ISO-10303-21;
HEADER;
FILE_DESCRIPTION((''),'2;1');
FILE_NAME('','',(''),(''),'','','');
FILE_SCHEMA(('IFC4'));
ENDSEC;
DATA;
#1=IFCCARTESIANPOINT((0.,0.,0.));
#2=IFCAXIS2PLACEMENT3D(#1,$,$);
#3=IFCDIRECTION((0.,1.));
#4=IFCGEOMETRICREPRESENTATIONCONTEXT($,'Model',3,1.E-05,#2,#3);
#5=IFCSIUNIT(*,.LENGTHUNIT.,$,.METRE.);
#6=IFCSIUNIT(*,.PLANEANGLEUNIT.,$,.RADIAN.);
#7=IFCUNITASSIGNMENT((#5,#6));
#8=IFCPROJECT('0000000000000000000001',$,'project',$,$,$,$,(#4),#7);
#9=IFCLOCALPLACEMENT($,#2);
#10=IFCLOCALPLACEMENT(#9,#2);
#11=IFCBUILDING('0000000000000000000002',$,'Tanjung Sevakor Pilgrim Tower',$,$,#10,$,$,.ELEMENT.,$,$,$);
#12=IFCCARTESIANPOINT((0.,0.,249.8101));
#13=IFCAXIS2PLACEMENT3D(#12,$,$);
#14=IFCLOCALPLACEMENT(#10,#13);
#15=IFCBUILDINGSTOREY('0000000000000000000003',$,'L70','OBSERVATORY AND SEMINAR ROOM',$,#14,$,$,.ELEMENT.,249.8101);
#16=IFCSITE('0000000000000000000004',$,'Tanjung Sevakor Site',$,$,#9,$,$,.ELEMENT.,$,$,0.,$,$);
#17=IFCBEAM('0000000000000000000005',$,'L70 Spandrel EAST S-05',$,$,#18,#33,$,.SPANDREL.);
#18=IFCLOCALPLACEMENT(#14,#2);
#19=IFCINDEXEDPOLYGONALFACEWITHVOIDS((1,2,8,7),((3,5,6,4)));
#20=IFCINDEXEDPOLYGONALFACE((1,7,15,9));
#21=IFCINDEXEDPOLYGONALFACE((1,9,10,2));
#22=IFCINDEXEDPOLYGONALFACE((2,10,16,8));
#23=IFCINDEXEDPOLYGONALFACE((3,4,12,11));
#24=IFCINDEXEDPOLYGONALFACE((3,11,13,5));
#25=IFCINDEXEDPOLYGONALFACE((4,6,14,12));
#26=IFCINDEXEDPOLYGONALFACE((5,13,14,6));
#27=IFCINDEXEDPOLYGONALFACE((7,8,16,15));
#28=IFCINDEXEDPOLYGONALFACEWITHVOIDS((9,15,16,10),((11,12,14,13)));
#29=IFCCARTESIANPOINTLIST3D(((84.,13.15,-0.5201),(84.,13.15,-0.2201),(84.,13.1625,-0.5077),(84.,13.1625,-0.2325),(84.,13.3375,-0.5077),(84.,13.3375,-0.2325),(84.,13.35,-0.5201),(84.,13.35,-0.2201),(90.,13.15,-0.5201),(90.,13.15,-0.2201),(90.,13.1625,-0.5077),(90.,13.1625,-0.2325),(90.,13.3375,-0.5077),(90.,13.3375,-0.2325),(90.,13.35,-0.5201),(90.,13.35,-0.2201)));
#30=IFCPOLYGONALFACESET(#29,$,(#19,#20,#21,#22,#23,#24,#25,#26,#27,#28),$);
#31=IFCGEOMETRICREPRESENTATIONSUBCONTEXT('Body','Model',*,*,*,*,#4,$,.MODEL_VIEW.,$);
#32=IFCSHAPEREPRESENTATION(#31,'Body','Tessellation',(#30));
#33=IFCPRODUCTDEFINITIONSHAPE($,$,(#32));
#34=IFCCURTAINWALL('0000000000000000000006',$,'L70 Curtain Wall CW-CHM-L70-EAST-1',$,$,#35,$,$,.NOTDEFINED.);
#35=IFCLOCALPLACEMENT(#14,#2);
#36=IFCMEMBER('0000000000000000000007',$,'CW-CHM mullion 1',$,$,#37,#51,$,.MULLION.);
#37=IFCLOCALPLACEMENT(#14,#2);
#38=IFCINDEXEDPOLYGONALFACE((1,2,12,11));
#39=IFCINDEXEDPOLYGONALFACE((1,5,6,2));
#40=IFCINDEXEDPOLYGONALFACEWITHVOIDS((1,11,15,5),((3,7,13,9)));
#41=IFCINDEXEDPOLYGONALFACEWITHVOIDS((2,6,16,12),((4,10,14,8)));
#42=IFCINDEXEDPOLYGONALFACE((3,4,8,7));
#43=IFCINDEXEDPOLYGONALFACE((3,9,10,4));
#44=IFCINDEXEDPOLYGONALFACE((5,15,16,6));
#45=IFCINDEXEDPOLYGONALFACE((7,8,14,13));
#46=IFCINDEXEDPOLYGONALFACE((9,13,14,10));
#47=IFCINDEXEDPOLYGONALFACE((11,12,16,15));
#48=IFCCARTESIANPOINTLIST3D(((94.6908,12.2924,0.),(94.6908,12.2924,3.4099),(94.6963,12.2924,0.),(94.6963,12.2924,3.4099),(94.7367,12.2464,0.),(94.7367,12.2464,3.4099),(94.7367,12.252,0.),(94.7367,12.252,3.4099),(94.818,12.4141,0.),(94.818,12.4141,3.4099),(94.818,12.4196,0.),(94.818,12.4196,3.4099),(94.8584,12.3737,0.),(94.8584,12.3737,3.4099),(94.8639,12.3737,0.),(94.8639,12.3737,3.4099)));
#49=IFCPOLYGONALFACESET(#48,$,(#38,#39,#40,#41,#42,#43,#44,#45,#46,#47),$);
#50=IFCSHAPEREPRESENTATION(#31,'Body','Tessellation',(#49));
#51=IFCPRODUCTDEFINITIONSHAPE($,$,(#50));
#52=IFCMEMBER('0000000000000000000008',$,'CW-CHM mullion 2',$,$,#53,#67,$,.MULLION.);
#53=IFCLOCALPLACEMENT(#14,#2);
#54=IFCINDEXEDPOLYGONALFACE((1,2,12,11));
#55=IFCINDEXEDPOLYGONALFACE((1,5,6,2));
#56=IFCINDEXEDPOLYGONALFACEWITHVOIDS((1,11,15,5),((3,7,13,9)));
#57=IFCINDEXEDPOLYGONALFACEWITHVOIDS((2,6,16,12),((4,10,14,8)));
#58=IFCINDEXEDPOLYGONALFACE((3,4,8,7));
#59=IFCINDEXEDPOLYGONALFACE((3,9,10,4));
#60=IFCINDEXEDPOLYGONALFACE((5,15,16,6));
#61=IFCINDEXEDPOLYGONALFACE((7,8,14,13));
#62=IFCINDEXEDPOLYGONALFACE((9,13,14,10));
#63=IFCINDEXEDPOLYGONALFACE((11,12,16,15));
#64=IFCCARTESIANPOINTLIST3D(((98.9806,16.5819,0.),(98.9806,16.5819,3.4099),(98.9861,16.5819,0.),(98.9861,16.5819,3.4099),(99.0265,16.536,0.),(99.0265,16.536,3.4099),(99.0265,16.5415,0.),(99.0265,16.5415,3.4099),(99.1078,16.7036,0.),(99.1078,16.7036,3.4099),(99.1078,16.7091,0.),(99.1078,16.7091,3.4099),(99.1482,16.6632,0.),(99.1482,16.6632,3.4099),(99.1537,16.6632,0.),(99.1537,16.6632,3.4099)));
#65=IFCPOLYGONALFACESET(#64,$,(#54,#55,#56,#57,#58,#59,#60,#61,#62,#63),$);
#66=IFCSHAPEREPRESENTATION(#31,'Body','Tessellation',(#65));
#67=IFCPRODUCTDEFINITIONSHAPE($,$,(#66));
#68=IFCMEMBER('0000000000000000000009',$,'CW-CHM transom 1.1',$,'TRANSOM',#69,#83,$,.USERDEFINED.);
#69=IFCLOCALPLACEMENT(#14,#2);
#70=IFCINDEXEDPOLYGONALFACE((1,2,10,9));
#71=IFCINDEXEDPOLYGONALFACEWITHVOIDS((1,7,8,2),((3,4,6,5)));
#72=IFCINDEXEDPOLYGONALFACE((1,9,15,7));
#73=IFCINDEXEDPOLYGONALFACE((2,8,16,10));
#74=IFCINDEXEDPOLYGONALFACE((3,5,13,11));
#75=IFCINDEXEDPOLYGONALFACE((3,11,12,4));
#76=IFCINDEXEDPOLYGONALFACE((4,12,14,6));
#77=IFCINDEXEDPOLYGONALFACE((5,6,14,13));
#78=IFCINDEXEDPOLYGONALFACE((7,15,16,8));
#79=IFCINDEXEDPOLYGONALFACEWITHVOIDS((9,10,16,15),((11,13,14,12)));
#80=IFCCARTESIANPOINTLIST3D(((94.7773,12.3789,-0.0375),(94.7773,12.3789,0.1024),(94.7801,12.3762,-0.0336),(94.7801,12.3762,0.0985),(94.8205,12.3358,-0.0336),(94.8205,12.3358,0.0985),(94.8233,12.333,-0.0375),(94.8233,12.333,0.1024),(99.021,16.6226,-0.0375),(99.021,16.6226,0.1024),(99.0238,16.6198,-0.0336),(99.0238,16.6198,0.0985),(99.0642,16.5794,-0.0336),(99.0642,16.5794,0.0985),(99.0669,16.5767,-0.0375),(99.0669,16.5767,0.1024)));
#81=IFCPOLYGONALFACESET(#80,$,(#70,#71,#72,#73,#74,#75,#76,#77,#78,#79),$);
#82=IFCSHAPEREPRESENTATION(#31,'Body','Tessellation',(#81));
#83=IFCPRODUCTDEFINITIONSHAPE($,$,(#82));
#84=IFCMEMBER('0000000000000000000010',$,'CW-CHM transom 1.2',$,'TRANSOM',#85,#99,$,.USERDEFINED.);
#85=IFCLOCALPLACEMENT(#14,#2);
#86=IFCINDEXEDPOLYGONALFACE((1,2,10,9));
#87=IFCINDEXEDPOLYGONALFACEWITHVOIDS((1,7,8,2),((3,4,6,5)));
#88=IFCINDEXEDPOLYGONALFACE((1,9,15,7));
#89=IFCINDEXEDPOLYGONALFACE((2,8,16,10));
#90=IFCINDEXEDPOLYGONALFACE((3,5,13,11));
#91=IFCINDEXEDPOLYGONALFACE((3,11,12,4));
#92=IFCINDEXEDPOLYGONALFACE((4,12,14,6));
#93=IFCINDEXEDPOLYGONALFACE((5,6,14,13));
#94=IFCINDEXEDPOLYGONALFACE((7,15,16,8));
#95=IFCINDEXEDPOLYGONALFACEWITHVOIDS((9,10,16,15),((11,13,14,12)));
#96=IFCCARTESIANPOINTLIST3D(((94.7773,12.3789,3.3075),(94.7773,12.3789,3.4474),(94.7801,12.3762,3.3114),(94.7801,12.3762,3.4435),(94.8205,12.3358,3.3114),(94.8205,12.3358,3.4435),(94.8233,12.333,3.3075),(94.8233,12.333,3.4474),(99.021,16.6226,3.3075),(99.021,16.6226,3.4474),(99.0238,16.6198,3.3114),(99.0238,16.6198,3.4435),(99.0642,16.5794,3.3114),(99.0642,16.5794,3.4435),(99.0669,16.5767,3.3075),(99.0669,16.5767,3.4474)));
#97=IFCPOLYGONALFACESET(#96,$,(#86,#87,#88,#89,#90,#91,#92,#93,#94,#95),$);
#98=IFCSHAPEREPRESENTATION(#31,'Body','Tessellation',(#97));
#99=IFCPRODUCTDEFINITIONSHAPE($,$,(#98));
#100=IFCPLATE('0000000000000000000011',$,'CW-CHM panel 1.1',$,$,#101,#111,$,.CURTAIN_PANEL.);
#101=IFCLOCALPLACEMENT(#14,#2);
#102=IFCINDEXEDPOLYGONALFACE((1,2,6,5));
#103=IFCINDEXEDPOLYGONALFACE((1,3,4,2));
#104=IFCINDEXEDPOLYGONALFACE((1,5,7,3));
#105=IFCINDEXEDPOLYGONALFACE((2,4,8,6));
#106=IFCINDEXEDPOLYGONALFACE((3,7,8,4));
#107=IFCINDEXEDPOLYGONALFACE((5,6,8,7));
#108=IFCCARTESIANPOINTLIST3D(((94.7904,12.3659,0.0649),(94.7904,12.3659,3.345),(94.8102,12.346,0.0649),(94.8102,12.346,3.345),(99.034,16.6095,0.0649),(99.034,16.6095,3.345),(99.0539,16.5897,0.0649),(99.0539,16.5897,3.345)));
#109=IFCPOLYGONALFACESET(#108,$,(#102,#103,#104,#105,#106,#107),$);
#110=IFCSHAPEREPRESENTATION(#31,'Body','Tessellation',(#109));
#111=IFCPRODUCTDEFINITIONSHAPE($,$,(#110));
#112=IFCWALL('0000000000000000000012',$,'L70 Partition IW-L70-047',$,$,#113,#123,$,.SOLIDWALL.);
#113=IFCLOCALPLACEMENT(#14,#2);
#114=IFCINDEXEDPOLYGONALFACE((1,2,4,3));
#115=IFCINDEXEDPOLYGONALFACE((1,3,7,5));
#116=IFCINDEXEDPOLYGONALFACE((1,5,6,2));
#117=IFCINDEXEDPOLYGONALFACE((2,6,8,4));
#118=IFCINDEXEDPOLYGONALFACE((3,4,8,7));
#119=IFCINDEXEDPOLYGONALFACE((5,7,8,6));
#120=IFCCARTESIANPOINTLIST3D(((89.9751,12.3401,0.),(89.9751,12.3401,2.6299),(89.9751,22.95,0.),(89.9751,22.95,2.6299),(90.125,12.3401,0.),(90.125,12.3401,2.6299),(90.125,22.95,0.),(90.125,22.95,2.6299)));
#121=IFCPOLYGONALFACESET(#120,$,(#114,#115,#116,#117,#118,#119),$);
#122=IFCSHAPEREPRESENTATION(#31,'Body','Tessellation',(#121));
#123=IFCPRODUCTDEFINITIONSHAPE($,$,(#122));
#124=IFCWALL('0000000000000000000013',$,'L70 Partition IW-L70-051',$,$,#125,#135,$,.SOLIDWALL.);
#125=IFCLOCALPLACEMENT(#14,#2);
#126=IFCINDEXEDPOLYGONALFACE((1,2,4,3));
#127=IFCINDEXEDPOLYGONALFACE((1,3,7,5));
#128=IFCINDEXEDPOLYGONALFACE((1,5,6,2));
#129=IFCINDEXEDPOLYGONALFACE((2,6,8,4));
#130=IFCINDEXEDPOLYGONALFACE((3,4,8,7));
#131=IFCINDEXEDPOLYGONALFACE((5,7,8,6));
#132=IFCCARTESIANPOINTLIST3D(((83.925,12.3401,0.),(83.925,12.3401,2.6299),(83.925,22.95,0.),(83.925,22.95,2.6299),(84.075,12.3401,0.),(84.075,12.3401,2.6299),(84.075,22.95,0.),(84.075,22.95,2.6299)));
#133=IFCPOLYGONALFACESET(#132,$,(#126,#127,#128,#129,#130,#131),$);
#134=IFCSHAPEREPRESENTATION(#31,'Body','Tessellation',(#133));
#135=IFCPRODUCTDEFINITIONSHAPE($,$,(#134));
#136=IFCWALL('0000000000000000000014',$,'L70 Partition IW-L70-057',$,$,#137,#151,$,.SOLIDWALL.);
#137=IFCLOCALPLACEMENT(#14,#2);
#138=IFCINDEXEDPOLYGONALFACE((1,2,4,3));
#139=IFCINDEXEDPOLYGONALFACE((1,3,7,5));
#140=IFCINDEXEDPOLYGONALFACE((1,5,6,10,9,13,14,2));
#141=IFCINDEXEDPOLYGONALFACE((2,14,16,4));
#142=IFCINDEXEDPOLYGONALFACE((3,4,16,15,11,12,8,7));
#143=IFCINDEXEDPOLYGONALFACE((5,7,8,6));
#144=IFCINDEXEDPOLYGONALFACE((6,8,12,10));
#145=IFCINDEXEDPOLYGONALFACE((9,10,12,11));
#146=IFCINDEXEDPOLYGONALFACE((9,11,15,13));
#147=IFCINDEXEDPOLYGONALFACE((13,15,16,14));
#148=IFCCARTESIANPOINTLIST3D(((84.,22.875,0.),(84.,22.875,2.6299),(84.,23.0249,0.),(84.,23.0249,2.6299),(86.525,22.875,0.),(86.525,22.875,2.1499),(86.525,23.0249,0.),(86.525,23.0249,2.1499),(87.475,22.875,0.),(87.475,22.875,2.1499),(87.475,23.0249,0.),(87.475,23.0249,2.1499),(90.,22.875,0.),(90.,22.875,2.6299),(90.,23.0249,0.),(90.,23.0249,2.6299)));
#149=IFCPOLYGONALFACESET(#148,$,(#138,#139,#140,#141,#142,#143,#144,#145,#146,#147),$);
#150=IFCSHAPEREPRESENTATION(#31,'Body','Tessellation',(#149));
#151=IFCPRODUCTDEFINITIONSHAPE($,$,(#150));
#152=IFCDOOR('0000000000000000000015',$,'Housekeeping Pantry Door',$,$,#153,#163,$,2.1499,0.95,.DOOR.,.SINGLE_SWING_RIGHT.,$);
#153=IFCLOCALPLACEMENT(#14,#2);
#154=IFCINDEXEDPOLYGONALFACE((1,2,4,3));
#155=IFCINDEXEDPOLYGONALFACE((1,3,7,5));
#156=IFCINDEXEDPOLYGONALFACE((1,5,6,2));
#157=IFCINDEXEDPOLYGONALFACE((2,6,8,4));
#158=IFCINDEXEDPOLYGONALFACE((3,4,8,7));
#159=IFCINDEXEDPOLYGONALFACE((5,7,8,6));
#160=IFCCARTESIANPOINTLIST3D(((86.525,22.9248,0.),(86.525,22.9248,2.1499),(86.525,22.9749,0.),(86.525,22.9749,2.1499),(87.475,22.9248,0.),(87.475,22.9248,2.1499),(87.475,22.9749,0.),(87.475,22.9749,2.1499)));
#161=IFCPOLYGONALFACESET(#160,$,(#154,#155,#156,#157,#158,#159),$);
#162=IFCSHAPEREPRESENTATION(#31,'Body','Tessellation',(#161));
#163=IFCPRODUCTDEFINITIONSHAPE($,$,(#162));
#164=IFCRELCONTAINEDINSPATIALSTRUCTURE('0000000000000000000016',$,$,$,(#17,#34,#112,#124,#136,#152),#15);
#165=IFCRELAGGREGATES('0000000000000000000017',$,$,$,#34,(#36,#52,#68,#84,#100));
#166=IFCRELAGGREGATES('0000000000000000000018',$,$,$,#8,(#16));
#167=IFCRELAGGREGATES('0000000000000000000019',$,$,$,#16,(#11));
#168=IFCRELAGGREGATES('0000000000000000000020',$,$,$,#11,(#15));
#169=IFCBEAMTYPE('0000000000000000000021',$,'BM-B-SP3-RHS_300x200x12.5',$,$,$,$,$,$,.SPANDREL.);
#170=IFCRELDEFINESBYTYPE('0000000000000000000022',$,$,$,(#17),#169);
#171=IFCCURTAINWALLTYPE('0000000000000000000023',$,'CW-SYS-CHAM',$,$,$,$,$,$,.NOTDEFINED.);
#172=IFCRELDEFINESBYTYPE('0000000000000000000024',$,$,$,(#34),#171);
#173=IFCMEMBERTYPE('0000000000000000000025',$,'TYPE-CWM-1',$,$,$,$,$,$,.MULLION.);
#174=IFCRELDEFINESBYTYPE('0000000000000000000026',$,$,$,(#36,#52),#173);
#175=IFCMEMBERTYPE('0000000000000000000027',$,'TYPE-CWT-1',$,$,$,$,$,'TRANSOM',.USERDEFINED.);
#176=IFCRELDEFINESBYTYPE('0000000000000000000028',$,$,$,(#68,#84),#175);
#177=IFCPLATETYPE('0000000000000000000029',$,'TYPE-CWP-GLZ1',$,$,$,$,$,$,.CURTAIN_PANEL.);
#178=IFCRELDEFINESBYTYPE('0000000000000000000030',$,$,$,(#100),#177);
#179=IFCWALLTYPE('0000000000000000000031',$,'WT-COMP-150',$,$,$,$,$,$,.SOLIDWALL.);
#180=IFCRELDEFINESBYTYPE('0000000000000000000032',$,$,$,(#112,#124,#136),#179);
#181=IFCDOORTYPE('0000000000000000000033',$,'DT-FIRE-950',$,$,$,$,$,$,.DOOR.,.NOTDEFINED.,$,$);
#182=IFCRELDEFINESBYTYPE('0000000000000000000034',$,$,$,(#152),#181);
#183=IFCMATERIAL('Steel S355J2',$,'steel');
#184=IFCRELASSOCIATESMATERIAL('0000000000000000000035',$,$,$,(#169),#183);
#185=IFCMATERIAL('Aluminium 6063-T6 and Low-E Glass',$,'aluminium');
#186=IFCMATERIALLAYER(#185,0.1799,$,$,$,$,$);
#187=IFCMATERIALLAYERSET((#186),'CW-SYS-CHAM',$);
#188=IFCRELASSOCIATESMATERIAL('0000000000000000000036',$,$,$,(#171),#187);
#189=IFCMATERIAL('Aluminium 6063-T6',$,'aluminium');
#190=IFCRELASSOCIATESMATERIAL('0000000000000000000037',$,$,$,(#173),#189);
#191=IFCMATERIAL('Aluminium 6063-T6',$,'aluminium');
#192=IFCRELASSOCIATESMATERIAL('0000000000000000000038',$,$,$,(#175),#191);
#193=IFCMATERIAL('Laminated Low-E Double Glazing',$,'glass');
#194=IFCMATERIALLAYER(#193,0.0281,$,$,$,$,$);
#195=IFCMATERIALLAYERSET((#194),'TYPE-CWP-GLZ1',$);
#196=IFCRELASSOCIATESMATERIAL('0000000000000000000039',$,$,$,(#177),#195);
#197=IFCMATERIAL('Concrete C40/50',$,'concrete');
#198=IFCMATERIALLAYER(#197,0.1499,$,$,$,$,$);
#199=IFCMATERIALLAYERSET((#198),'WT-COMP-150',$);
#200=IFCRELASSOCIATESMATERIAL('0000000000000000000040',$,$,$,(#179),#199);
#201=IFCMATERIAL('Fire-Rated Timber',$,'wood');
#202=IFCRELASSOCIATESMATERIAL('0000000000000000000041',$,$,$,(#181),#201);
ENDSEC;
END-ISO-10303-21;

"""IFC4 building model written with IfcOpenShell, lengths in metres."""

from ifc_helpers import new_model, si_unit, direction, frame, frame_2d, origin, origin_2d, place, context, subcontext, project, spatial, rectangle, hollow_rectangle, extrude, material, layer, layer_set, material_profile, profile_set, type_object, element, fill, aggregate, save


model = new_model("IFC4")

# Units and contexts
model_context = context("Model", 3, precision=1e-05, world=origin(), true_north=direction((0.0, 1.0)))
body_context = subcontext(model_context, "Body", "Model", "MODEL_VIEW")
ifc_project = project(units=[si_unit("LENGTHUNIT", "METRE"), si_unit("PLANEANGLEUNIT", "RADIAN")], contexts=[model_context])

# Site, building, storey
site_placement = place(None, origin())
site = spatial("IfcSite", under=ifc_project, at=site_placement, Name="Tanjung Sevakor Site", CompositionType="ELEMENT", RefElevation=0.0)
building_placement = place(site_placement, origin())
building = spatial("IfcBuilding", under=site, at=building_placement, Name="Tanjung Sevakor Pilgrim Tower", CompositionType="ELEMENT")
storey_placement = place(building_placement, frame((0.0, 0.0, 249.8101)))
storey = spatial("IfcBuildingStorey", under=building, at=storey_placement, Name="L70", Description="OBSERVATORY AND SEMINAR ROOM", CompositionType="ELEMENT", Elevation=249.8101)

# Beam
ifc_material_1 = material(Name="Steel S355J2", Category="steel")
ifc_material_profile_1 = material_profile(ifc_material_1, hollow_rectangle(XDim=0.2, YDim=0.3, WallThickness=0.0125, at=origin_2d()))
ifc_profile_set_1 = profile_set([ifc_material_profile_1], Name="Steel S355J2")
beam_type_1 = type_object("IfcBeamType", Name="BM-B-SP3-RHS_300x200x12.5", PredefinedType="SPANDREL", material=ifc_profile_set_1)
beam_1_placement = place(storey_placement, frame((84.0, 13.25, -0.3701), z_axis=(1.0, 0.0, 0.0), x_axis=(0.0, 1.0, 0.0)))
element("IfcBeam", 1, at=beam_1_placement, inside=storey, type_object=beam_type_1, Name="L70 Spandrel EAST S-05", PredefinedType="SPANDREL", context=body_context, shape_type="SweptSolid", body=[
    extrude(hollow_rectangle(XDim=0.2, YDim=0.3, WallThickness=0.0125, at=origin_2d()), origin(), (0.0, 0.0, 1.0), 6.0),
])

# Curtain wall, members, plate
ifc_material_2 = material(Name="Aluminium 6063-T6 and Low-E Glass", Category="aluminium")
ifc_layer_1 = layer(ifc_material_2, 0.1799)
ifc_layer_set_1 = layer_set([ifc_layer_1], Name="CW-SYS-CHAM")
curtain_wall_type = type_object("IfcCurtainWallType", Name="CW-SYS-CHAM", PredefinedType="NOTDEFINED", material=ifc_layer_set_1)
curtain_wall_placement = place(storey_placement, origin())
curtain_wall = element("IfcCurtainWall", 2, at=curtain_wall_placement, inside=storey, type_object=curtain_wall_type, Name="L70 Curtain Wall CW-CHM-L70-EAST-1", PredefinedType="NOTDEFINED")
ifc_material_3 = material(Name="Aluminium 6063-T6", Category="aluminium")
ifc_material_profile_2 = material_profile(ifc_material_3, hollow_rectangle(XDim=0.0649, YDim=0.1799, WallThickness=0.0039, at=origin_2d()))
ifc_profile_set_2 = profile_set([ifc_material_profile_2], Name="Aluminium 6063-T6")
member_type_1 = type_object("IfcMemberType", Name="TYPE-CWM-1", PredefinedType="MULLION", material=ifc_profile_set_2)
member_1_placement = place(storey_placement, frame((94.7773, 12.333, 0.0), z_axis=(0.0, 0.0, 1.0), x_axis=(-0.707107, 0.707107, 0.0)))
member_1 = element("IfcMember", 3, at=member_1_placement, type_object=member_type_1, Name="CW-CHM mullion 1", PredefinedType="MULLION", context=body_context, shape_type="SweptSolid", body=[
    extrude(hollow_rectangle(XDim=0.0649, YDim=0.1799, WallThickness=0.0039, at=origin_2d()), origin(), (0.0, 0.0, 1.0), 3.4099),
])
member_2_placement = place(storey_placement, frame((99.0671, 16.6226, 0.0), z_axis=(0.0, 0.0, 1.0), x_axis=(-0.707107, 0.707107, 0.0)))
member_2 = element("IfcMember", 4, at=member_2_placement, type_object=member_type_1, Name="CW-CHM mullion 2", PredefinedType="MULLION", context=body_context, shape_type="SweptSolid", body=[
    extrude(hollow_rectangle(XDim=0.0649, YDim=0.1799, WallThickness=0.0039, at=origin_2d()), origin(), (0.0, 0.0, 1.0), 3.4099),
])
ifc_material_4 = material(Name="Aluminium 6063-T6", Category="aluminium")
ifc_material_profile_3 = material_profile(ifc_material_4, hollow_rectangle(XDim=0.0649, YDim=0.1399, WallThickness=0.0039, at=origin_2d()))
ifc_profile_set_3 = profile_set([ifc_material_profile_3], Name="Aluminium 6063-T6")
member_type_2 = type_object("IfcMemberType", Name="TYPE-CWT-1", ElementType="TRANSOM", PredefinedType="USERDEFINED", material=ifc_profile_set_3)
member_3_placement = place(storey_placement, frame((94.8003, 12.356, 0.0325), z_axis=(0.707107, 0.707107, 0.0), x_axis=(-0.707107, 0.707107, 0.0)))
member_3 = element("IfcMember", 5, at=member_3_placement, type_object=member_type_2, Name="CW-CHM transom 1.1", ObjectType="TRANSOM", PredefinedType="USERDEFINED", context=body_context, shape_type="SweptSolid", body=[
    extrude(hollow_rectangle(XDim=0.0649, YDim=0.1399, WallThickness=0.0039, at=origin_2d()), origin(), (0.0, 0.0, 1.0), 6.0015),
])
member_4_placement = place(storey_placement, frame((94.8003, 12.356, 3.3774), z_axis=(0.707107, 0.707107, 0.0), x_axis=(-0.707107, 0.707107, 0.0)))
member_4 = element("IfcMember", 6, at=member_4_placement, type_object=member_type_2, Name="CW-CHM transom 1.2", ObjectType="TRANSOM", PredefinedType="USERDEFINED", context=body_context, shape_type="SweptSolid", body=[
    extrude(hollow_rectangle(XDim=0.0649, YDim=0.1399, WallThickness=0.0039, at=origin_2d()), origin(), (0.0, 0.0, 1.0), 6.0015),
])
ifc_material_5 = material(Name="Laminated Low-E Double Glazing", Category="glass")
ifc_layer_2 = layer(ifc_material_5, 0.0281)
ifc_layer_set_2 = layer_set([ifc_layer_2], Name="TYPE-CWP-GLZ1")
plate_type = type_object("IfcPlateType", Name="TYPE-CWP-GLZ1", PredefinedType="CURTAIN_PANEL", material=ifc_layer_set_2)
plate_placement = place(storey_placement, frame((96.9221, 14.4778, 0.0649), z_axis=(0.0, 0.0, 1.0), x_axis=(0.707107, 0.707107, 0.0)))
plate = element("IfcPlate", 7, at=plate_placement, type_object=plate_type, Name="CW-CHM panel 1.1", PredefinedType="CURTAIN_PANEL", context=body_context, shape_type="SweptSolid", body=[
    extrude(rectangle(XDim=6.0015, YDim=0.0281, at=origin_2d()), origin(), (0.0, 0.0, 1.0), 3.28),
])
aggregate(curtain_wall, [member_1, member_2, member_3, member_4, plate])

# Walls
ifc_material_6 = material(Name="Concrete C40/50", Category="concrete")
ifc_layer_3 = layer(ifc_material_6, 0.1499)
ifc_layer_set_3 = layer_set([ifc_layer_3], Name="WT-COMP-150")
wall_type_1 = type_object("IfcWallType", Name="WT-COMP-150", PredefinedType="SOLIDWALL", material=ifc_layer_set_3)
for number, where, z_axis, x_axis, name in (
    (8, (90.05, 12.3401, 0.0), (0.0, 0.0, 1.0), (0.0, 1.0, 0.0), "L70 Partition IW-L70-047"),
    (9, (84.0, 12.3401, 0.0), (0.0, 0.0, 1.0), (0.0, 1.0, 0.0), "L70 Partition IW-L70-051"),
):
    element("IfcWall", number, at=place(storey_placement, frame(where, z_axis=z_axis, x_axis=x_axis)), inside=storey, type_object=wall_type_1, Name=name, PredefinedType="SOLIDWALL", context=body_context, shape_type="SweptSolid", body=[
        extrude(rectangle(XDim=10.6099, YDim=0.1499, at=frame_2d((5.3049, 0.0))), origin(), (0.0, 0.0, 1.0), 2.6299),
    ])

# Wall, opening, door
wall_1_placement = place(storey_placement, frame((84.0, 22.95, 0.0), z_axis=(0.0, 0.0, 1.0), x_axis=(1.0, 0.0, 0.0)))
wall_1 = element("IfcWall", 10, at=wall_1_placement, inside=storey, type_object=wall_type_1, Name="L70 Partition IW-L70-057", PredefinedType="SOLIDWALL", context=body_context, shape_type="SweptSolid", body=[
    extrude(rectangle(XDim=6.0, YDim=0.1499, at=frame_2d((3.0, 0.0))), origin(), (0.0, 0.0, 1.0), 2.6299),
])
opening_1_placement = place(wall_1_placement, frame((2.5249, 0.0, 0.0)))
opening_1 = element("IfcOpeningElement", 11, at=opening_1_placement, cuts=wall_1, PredefinedType="OPENING", context=body_context, shape_type="SweptSolid", body=[
    extrude(rectangle(XDim=0.95, YDim=2.1499, at=frame_2d((0.4751, 1.075))), frame((0.0, 0.085, 0.0), z_axis=(0.0, -1.0, 0.0), x_axis=(1.0, 0.0, 0.0)), (0.0, 0.0, 1.0), 0.1699),
])
ifc_material_7 = material(Name="Fire-Rated Timber", Category="wood")
door_type = type_object("IfcDoorType", Name="DT-FIRE-950", OperationType="NOTDEFINED", PredefinedType="DOOR", material=ifc_material_7)
door_placement = place(opening_1_placement, origin())
door = element("IfcDoor", 12, at=door_placement, inside=storey, type_object=door_type, Name="Housekeeping Pantry Door", OperationType="SINGLE_SWING_RIGHT", OverallHeight=2.1499, OverallWidth=0.95, PredefinedType="DOOR", context=body_context, shape_type="SweptSolid", body=[
    extrude(rectangle(XDim=0.95, YDim=2.1499, at=frame_2d((0.4751, 1.075))), frame((0.0, 0.0249, 0.0), z_axis=(0.0, -1.0, 0.0), x_axis=(1.0, 0.0, 0.0)), (0.0, 0.0, 1.0), 0.05),
])
fill(opening_1, door)

save(model, "model.ifc")
